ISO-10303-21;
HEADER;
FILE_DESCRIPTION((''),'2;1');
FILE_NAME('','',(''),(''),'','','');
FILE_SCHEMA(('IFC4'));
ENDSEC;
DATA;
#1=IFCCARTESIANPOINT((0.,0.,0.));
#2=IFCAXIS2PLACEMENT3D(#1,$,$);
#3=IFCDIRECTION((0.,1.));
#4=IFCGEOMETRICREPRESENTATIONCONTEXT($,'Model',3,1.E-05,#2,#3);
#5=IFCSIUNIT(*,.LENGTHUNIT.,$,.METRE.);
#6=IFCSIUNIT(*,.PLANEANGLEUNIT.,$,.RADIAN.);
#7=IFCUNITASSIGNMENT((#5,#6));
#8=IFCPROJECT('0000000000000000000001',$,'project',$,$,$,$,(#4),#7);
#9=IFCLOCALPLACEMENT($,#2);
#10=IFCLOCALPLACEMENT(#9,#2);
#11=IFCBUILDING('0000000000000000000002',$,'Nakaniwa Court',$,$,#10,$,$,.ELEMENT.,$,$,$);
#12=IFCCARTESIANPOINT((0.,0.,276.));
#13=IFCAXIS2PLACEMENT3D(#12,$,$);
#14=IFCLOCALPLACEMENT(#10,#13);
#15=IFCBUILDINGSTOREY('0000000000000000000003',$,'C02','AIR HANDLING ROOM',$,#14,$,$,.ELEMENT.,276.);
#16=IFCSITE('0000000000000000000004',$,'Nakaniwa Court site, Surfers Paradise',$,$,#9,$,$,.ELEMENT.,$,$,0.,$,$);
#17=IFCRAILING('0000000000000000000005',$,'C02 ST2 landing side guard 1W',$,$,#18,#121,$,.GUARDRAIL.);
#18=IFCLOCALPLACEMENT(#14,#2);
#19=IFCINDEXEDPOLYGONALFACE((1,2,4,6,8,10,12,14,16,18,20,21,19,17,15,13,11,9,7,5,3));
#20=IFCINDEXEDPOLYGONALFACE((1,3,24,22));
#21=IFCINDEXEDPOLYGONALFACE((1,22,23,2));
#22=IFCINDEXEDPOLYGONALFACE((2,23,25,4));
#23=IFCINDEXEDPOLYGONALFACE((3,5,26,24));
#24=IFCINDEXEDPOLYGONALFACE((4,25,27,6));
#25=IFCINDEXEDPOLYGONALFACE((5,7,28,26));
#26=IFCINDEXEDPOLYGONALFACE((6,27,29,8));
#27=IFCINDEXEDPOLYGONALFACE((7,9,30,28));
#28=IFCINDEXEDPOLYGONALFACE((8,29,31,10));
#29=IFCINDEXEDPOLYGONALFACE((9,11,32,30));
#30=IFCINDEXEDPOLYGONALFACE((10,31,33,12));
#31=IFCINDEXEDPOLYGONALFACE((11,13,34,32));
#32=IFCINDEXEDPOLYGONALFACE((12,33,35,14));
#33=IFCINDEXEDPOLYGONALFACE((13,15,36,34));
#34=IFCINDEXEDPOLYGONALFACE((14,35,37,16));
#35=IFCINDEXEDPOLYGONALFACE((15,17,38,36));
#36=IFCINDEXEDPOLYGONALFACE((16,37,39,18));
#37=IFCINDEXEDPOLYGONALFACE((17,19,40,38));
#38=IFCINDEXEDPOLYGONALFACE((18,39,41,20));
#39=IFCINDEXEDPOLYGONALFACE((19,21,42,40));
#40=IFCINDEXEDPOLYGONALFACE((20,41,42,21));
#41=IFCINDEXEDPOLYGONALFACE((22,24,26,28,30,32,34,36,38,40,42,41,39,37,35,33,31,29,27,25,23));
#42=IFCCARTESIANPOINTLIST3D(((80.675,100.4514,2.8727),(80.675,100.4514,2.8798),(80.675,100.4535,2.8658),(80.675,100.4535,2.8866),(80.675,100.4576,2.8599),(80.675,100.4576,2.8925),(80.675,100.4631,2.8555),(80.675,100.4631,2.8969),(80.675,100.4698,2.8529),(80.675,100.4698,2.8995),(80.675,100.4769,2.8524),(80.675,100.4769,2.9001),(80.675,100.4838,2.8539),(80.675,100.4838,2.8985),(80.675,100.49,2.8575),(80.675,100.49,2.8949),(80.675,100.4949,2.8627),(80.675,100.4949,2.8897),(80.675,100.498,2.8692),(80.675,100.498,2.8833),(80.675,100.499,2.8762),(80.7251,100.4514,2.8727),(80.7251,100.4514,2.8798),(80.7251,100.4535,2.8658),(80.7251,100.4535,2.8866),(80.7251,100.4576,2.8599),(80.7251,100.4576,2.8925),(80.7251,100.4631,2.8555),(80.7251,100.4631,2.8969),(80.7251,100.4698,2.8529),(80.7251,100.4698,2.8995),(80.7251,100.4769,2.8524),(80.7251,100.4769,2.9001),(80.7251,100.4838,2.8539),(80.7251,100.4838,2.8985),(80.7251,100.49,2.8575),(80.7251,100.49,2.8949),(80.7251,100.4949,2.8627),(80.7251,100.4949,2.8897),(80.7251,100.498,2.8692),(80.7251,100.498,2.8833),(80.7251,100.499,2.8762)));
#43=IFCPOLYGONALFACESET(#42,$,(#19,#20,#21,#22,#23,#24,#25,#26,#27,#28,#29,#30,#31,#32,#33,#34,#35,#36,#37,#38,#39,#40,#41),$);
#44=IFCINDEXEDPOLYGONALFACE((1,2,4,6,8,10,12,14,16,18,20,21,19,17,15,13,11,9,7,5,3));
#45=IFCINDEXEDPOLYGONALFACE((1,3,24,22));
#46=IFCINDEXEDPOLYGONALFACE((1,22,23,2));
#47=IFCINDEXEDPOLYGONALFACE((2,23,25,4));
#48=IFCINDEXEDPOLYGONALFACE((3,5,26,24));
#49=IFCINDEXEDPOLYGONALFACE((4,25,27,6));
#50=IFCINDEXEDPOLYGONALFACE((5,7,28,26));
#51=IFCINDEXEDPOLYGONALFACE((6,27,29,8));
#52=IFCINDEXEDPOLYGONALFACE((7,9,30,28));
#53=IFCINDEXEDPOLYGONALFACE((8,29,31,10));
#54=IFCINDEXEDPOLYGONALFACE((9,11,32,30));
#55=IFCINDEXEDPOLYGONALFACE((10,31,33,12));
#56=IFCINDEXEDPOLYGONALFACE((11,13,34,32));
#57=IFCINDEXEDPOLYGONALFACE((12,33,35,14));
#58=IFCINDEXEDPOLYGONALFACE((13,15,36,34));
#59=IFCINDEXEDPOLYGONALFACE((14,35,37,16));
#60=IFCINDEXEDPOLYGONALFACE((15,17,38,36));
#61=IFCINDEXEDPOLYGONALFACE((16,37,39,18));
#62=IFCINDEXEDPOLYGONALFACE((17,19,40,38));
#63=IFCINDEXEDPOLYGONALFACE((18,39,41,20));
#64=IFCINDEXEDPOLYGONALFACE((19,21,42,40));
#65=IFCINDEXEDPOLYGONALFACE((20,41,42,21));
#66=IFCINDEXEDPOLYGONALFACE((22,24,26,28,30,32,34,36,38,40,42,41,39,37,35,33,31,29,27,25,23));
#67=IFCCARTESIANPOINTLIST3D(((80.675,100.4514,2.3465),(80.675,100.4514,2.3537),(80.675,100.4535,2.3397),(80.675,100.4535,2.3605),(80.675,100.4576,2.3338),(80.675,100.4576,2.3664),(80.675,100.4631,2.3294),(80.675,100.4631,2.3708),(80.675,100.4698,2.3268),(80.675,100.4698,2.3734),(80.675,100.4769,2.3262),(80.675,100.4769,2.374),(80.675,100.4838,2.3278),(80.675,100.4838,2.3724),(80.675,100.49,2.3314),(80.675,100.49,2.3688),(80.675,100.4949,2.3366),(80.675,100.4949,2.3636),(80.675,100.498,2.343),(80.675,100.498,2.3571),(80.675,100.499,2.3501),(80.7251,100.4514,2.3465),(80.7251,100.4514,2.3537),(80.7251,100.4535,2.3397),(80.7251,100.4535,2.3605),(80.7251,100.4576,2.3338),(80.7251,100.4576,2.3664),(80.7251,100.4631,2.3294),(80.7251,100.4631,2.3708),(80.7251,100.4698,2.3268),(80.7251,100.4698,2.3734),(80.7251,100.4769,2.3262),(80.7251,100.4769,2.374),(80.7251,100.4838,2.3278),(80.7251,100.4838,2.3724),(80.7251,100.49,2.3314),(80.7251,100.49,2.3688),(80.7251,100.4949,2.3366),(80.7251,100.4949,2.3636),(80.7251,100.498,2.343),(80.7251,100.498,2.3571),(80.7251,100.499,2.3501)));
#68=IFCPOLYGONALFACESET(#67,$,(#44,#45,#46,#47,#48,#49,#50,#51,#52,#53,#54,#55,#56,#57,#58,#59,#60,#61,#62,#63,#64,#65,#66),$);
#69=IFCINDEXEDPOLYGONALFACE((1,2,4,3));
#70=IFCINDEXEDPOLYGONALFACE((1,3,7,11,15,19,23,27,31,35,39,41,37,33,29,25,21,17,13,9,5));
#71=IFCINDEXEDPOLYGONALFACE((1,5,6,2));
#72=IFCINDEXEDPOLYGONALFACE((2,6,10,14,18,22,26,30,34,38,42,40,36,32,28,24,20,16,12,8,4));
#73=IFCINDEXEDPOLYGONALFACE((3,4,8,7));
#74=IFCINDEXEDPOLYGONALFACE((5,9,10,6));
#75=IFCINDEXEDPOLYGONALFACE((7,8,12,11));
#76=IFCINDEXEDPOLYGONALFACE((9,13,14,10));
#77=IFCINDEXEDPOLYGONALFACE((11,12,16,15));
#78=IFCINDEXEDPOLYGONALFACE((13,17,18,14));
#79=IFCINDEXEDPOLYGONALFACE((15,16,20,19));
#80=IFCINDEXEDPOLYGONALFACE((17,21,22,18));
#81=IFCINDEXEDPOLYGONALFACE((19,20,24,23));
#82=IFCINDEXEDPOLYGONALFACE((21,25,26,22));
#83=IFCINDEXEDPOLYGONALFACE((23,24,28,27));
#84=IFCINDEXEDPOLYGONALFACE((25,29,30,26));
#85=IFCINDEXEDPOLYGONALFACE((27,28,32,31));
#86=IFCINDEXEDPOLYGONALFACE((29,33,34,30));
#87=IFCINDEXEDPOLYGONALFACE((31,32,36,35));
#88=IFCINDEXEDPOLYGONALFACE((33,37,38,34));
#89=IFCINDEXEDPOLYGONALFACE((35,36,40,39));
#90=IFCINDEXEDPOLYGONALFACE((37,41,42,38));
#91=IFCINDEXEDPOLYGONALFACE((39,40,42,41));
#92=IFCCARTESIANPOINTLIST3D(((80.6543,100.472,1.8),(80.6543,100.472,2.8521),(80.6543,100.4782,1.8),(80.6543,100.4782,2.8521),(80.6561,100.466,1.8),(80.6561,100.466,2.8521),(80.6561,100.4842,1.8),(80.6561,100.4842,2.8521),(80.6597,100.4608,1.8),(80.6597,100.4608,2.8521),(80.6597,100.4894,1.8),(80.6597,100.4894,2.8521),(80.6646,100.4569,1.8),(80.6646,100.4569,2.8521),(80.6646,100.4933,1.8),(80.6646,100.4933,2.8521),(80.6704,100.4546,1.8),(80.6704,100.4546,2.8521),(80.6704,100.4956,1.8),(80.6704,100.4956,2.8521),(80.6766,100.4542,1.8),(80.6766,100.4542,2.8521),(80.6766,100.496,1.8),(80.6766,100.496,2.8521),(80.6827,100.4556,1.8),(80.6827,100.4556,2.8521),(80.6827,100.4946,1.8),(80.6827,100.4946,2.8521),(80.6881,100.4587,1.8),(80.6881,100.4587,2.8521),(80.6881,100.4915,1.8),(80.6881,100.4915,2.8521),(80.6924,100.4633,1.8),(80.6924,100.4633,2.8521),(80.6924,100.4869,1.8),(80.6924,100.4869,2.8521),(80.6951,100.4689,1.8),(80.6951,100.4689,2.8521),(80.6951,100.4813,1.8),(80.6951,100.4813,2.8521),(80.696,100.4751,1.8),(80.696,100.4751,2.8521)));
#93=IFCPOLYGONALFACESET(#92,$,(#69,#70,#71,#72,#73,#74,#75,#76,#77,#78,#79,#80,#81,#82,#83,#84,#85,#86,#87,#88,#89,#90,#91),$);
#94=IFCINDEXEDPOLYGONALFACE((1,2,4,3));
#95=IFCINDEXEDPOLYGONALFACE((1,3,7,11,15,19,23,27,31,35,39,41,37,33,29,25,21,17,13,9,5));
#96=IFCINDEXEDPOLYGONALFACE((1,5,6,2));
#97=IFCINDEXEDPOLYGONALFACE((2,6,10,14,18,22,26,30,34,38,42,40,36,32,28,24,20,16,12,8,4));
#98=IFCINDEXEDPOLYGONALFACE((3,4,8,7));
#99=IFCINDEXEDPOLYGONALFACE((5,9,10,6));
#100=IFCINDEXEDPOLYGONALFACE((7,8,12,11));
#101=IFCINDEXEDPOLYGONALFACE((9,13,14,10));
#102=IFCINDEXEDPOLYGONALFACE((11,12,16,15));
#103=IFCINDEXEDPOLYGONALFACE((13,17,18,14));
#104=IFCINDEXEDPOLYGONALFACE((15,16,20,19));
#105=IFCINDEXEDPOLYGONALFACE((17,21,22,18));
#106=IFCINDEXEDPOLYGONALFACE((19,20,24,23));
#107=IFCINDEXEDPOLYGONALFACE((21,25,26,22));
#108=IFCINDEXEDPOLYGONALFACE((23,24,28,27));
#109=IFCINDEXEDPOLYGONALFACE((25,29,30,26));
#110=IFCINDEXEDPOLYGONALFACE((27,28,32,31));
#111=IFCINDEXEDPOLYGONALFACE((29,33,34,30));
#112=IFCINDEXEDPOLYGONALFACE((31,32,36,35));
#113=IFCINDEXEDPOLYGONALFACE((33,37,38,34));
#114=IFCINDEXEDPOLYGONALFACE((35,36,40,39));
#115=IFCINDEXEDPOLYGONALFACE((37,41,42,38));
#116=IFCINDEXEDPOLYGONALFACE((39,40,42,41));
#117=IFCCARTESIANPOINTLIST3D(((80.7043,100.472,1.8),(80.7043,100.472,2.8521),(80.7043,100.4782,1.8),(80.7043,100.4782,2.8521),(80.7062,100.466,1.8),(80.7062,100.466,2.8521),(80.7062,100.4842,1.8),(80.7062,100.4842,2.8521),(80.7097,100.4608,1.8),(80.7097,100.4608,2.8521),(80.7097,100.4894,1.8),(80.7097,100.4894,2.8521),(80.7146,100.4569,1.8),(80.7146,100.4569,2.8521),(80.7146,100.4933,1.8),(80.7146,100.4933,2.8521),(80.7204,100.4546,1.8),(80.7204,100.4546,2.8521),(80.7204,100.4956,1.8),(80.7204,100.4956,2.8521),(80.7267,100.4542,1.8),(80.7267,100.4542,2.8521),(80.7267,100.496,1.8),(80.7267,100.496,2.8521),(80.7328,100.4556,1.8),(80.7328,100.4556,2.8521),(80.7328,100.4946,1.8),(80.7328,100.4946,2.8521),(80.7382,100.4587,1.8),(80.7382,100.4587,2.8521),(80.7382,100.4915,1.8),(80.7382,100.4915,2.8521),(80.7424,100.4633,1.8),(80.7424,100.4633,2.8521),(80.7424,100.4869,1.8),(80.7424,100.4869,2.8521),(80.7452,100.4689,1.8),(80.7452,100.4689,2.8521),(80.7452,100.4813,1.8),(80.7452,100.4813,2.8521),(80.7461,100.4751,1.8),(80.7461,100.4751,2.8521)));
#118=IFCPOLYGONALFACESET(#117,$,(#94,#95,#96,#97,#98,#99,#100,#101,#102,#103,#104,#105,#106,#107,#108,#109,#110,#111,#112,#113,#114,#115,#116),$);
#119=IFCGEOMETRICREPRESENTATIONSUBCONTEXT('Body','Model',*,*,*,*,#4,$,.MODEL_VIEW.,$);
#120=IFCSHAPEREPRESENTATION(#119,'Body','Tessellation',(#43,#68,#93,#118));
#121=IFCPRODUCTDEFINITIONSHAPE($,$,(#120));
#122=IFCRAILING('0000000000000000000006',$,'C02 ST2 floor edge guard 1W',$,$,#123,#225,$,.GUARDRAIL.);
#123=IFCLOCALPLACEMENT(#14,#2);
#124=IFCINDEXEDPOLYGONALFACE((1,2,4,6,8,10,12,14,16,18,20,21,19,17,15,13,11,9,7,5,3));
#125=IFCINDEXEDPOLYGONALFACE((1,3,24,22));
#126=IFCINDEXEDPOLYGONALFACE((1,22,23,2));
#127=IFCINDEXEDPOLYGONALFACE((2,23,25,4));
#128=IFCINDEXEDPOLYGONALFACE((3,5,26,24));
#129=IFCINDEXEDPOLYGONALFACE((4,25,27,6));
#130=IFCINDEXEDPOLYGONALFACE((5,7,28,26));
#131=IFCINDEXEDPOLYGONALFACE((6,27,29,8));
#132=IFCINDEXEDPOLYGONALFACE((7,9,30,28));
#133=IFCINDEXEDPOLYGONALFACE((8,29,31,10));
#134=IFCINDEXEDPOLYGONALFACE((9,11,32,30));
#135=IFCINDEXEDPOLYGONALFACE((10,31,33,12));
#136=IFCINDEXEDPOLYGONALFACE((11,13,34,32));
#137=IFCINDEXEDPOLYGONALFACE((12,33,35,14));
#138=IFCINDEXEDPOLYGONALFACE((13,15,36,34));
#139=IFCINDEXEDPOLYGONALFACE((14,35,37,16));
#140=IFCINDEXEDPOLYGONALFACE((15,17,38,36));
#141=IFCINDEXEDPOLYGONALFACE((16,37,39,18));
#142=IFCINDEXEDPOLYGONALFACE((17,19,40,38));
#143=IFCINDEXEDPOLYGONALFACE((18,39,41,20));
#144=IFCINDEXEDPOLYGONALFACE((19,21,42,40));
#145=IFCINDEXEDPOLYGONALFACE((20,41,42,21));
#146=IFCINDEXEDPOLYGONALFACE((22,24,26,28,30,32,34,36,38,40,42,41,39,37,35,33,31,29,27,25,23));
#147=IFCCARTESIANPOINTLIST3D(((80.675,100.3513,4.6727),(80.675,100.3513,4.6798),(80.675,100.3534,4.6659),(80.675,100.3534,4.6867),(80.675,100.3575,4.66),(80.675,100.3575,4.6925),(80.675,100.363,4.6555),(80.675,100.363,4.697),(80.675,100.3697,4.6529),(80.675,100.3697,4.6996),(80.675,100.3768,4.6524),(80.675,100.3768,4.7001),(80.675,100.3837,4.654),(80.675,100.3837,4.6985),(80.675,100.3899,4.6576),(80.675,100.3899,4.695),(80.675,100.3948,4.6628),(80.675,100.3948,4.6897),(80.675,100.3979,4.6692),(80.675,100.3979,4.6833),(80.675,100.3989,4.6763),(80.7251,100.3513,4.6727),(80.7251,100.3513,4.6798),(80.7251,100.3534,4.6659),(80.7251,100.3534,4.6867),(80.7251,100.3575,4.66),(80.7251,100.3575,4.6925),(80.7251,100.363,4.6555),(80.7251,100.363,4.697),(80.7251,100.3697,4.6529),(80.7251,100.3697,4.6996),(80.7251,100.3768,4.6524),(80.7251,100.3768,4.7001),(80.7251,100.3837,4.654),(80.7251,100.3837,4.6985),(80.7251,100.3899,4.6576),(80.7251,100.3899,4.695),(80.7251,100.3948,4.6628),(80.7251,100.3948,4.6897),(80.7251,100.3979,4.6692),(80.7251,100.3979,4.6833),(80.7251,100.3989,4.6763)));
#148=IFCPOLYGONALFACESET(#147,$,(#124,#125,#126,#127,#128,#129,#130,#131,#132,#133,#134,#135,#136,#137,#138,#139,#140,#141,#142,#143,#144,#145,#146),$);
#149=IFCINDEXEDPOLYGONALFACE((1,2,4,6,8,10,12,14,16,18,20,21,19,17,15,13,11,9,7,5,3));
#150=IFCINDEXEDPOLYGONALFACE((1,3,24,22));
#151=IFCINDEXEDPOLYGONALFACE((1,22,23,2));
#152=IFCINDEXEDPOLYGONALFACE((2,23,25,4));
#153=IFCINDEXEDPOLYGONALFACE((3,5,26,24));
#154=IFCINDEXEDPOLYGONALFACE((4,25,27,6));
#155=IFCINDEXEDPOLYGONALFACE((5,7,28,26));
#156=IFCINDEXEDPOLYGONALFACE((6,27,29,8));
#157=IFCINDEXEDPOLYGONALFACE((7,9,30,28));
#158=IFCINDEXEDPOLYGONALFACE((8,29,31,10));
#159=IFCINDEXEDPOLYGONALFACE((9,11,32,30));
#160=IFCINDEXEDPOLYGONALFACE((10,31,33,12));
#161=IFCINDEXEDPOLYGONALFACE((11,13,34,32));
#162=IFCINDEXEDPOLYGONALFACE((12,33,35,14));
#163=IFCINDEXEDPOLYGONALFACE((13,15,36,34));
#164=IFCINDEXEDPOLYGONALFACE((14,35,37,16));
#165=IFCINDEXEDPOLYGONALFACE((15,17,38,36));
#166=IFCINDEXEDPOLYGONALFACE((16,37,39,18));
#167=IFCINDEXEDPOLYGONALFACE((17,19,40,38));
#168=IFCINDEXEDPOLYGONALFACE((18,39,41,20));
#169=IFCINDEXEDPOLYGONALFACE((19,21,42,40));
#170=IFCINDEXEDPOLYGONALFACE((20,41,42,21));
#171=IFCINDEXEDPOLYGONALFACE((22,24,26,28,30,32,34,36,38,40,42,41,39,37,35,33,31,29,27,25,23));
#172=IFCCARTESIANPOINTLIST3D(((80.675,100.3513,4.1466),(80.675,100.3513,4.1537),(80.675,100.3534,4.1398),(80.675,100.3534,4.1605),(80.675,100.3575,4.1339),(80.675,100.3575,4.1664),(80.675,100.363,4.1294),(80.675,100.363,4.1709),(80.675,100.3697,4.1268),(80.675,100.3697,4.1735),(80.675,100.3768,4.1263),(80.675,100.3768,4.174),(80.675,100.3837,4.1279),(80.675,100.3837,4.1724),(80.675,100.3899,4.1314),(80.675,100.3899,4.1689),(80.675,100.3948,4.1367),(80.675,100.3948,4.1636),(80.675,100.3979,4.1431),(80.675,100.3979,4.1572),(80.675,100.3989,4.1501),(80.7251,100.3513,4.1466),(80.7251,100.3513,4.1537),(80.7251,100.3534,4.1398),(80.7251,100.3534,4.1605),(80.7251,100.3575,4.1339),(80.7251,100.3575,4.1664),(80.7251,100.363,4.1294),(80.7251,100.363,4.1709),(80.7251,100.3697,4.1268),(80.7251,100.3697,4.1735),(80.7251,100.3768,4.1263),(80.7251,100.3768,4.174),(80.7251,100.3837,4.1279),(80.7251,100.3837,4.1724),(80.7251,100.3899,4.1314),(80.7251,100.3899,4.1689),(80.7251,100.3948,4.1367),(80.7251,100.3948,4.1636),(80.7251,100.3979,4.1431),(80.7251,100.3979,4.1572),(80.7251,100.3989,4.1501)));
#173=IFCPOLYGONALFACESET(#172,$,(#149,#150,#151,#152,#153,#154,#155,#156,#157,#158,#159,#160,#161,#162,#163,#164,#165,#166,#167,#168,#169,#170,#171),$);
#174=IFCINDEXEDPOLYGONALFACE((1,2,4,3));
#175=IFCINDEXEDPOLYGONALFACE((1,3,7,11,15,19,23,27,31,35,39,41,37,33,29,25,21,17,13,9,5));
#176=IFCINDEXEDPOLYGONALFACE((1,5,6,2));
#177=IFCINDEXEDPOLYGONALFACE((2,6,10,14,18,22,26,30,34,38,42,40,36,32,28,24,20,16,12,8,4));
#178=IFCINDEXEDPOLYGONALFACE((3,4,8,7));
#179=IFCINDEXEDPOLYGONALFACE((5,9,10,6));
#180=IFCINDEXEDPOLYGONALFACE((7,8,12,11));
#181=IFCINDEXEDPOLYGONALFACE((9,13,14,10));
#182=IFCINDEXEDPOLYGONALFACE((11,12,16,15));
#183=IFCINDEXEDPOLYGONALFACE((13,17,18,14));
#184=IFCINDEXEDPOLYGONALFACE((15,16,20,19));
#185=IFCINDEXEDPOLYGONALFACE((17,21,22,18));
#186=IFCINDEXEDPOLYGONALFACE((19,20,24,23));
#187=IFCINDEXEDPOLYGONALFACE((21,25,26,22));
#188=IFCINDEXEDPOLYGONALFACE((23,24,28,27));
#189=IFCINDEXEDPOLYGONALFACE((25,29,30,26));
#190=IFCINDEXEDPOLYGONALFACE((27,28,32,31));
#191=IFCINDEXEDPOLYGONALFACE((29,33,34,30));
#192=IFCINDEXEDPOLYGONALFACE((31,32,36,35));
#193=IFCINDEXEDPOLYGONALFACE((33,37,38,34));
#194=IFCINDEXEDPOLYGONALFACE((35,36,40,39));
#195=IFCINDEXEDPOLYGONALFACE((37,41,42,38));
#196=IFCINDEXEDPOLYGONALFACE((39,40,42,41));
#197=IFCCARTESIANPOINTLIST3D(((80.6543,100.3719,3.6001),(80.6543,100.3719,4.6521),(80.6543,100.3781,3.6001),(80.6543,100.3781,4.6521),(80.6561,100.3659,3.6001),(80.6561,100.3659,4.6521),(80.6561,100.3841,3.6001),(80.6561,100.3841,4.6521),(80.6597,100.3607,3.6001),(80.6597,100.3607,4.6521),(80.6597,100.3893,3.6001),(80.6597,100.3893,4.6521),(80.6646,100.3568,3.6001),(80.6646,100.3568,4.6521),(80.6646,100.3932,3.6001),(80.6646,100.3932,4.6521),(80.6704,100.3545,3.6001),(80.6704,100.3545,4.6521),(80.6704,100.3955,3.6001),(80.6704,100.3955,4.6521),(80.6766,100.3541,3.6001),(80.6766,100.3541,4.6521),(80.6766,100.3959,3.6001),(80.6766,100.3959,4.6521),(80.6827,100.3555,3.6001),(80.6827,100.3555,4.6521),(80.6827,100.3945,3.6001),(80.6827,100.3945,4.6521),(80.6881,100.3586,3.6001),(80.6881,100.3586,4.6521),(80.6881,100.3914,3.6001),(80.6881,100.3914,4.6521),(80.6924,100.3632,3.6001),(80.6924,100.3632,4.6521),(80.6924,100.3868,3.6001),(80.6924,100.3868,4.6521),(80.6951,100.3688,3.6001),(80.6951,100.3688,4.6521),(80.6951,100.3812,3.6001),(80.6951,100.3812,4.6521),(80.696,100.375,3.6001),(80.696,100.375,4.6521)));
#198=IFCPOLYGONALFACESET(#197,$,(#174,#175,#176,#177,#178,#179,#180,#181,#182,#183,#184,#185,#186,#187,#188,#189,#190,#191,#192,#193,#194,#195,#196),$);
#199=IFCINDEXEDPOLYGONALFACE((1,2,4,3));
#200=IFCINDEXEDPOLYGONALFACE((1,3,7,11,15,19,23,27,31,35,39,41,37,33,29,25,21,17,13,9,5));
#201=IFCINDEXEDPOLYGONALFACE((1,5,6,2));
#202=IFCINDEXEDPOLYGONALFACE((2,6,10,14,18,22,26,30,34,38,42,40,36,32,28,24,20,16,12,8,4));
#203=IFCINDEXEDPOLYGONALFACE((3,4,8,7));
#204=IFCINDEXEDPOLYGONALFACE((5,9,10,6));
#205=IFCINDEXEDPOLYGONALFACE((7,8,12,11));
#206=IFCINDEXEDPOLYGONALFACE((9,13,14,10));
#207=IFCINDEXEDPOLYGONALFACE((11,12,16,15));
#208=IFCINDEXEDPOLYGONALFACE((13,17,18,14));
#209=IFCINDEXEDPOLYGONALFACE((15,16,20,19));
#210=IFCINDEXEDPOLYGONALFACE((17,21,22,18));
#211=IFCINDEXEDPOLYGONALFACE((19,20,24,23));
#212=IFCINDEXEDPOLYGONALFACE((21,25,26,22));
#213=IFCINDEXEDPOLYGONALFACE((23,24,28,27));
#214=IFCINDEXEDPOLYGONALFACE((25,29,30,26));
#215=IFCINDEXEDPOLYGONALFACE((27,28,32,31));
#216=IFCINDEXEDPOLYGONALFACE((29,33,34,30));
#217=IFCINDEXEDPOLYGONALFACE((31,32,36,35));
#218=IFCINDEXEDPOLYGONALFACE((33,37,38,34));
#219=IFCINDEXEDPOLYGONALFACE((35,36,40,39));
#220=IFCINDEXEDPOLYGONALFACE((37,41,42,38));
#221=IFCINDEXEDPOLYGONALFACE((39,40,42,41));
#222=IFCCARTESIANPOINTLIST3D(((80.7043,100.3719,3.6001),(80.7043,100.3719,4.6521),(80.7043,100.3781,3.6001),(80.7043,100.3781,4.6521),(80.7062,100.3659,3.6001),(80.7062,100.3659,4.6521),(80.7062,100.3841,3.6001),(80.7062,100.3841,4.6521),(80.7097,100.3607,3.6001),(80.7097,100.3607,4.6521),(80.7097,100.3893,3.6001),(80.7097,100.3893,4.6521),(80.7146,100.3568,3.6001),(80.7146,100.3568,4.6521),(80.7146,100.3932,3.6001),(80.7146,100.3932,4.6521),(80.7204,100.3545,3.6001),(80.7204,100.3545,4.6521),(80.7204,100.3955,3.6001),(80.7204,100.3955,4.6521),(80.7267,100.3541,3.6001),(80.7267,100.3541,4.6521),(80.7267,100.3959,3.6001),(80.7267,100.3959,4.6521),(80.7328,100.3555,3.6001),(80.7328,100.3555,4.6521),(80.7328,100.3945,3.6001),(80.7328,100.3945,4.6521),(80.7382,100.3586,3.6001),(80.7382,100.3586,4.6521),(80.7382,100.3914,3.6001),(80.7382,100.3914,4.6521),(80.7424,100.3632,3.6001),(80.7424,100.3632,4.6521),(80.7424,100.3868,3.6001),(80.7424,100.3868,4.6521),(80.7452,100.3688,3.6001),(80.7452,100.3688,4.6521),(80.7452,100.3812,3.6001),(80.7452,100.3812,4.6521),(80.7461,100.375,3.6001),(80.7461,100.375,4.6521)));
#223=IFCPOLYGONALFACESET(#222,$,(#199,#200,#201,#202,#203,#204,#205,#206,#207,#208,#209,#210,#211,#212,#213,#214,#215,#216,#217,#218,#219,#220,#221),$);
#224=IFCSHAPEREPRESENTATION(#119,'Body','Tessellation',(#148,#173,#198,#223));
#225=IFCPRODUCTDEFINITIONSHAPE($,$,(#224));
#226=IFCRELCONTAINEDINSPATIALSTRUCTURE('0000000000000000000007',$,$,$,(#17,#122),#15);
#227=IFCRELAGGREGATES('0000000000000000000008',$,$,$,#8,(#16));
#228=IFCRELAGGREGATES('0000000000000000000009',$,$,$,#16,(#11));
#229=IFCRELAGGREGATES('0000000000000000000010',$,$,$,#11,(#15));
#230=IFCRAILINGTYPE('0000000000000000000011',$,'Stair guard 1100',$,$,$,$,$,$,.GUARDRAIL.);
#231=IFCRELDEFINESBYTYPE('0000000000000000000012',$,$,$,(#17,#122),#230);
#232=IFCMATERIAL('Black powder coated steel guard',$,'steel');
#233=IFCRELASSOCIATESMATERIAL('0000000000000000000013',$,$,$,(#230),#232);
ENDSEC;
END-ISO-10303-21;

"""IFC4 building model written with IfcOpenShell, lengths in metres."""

from ifc_helpers import new_model, si_unit, direction, frame, origin, origin_2d, place, context, subcontext, project, spatial, circle, extrude, material, type_object, element, save


model = new_model("IFC4")

# Units and contexts
model_context = context("Model", 3, precision=1e-05, world=origin(), true_north=direction((0.0, 1.0)))
body_context = subcontext(model_context, "Body", "Model", "MODEL_VIEW")
ifc_project = project(units=[si_unit("LENGTHUNIT", "METRE"), si_unit("PLANEANGLEUNIT", "RADIAN")], contexts=[model_context])

# Site, building, storey
site_placement = place(None, origin())
site = spatial("IfcSite", under=ifc_project, at=site_placement, Name="Nakaniwa Court site, Surfers Paradise", CompositionType="ELEMENT", RefElevation=0.0)
building_placement = place(site_placement, origin())
building = spatial("IfcBuilding", under=site, at=building_placement, Name="Nakaniwa Court", CompositionType="ELEMENT")
storey_placement = place(building_placement, frame((0.0, 0.0, 276.0)))
storey = spatial("IfcBuildingStorey", under=building, at=storey_placement, Name="C02", Description="AIR HANDLING ROOM", CompositionType="ELEMENT", Elevation=276.0)

# Railings
ifc_material_1 = material(Name="Black powder coated steel guard", Category="steel")
railing_type_1 = type_object("IfcRailingType", Name="Stair guard 1100", PredefinedType="GUARDRAIL", material=ifc_material_1)
for number, where, name in (
    (1, (80.675, 100.4751, 1.8), "C02 ST2 landing side guard 1W"),
    (2, (80.675, 100.375, 3.6001), "C02 ST2 floor edge guard 1W"),
):
    element("IfcRailing", number, at=place(storey_placement, frame(where)), inside=storey, type_object=railing_type_1, Name=name, PredefinedType="GUARDRAIL", context=body_context, shape_type="SweptSolid", body=[
        extrude(circle(Radius=0.0239, at=origin_2d()), frame((0.0, 0.0, 1.0762), z_axis=(1.0, 0.0, 0.0), x_axis=(0.0, 1.0, 0.0)), (0.0, 0.0, 1.0), 0.05),
        extrude(circle(Radius=0.0239, at=origin_2d()), frame((0.0, 0.0, 0.55), z_axis=(1.0, 0.0, 0.0), x_axis=(0.0, 1.0, 0.0)), (0.0, 0.0, 1.0), 0.05),
        extrude(circle(Radius=0.021, at=origin_2d()), origin(), (0.0, 0.0, 1.0), 1.052),
        extrude(circle(Radius=0.021, at=origin_2d()), frame((0.05, 0.0, 0.0)), (0.0, 0.0, 1.0), 1.052),
    ])

save(model, "model.ifc")
